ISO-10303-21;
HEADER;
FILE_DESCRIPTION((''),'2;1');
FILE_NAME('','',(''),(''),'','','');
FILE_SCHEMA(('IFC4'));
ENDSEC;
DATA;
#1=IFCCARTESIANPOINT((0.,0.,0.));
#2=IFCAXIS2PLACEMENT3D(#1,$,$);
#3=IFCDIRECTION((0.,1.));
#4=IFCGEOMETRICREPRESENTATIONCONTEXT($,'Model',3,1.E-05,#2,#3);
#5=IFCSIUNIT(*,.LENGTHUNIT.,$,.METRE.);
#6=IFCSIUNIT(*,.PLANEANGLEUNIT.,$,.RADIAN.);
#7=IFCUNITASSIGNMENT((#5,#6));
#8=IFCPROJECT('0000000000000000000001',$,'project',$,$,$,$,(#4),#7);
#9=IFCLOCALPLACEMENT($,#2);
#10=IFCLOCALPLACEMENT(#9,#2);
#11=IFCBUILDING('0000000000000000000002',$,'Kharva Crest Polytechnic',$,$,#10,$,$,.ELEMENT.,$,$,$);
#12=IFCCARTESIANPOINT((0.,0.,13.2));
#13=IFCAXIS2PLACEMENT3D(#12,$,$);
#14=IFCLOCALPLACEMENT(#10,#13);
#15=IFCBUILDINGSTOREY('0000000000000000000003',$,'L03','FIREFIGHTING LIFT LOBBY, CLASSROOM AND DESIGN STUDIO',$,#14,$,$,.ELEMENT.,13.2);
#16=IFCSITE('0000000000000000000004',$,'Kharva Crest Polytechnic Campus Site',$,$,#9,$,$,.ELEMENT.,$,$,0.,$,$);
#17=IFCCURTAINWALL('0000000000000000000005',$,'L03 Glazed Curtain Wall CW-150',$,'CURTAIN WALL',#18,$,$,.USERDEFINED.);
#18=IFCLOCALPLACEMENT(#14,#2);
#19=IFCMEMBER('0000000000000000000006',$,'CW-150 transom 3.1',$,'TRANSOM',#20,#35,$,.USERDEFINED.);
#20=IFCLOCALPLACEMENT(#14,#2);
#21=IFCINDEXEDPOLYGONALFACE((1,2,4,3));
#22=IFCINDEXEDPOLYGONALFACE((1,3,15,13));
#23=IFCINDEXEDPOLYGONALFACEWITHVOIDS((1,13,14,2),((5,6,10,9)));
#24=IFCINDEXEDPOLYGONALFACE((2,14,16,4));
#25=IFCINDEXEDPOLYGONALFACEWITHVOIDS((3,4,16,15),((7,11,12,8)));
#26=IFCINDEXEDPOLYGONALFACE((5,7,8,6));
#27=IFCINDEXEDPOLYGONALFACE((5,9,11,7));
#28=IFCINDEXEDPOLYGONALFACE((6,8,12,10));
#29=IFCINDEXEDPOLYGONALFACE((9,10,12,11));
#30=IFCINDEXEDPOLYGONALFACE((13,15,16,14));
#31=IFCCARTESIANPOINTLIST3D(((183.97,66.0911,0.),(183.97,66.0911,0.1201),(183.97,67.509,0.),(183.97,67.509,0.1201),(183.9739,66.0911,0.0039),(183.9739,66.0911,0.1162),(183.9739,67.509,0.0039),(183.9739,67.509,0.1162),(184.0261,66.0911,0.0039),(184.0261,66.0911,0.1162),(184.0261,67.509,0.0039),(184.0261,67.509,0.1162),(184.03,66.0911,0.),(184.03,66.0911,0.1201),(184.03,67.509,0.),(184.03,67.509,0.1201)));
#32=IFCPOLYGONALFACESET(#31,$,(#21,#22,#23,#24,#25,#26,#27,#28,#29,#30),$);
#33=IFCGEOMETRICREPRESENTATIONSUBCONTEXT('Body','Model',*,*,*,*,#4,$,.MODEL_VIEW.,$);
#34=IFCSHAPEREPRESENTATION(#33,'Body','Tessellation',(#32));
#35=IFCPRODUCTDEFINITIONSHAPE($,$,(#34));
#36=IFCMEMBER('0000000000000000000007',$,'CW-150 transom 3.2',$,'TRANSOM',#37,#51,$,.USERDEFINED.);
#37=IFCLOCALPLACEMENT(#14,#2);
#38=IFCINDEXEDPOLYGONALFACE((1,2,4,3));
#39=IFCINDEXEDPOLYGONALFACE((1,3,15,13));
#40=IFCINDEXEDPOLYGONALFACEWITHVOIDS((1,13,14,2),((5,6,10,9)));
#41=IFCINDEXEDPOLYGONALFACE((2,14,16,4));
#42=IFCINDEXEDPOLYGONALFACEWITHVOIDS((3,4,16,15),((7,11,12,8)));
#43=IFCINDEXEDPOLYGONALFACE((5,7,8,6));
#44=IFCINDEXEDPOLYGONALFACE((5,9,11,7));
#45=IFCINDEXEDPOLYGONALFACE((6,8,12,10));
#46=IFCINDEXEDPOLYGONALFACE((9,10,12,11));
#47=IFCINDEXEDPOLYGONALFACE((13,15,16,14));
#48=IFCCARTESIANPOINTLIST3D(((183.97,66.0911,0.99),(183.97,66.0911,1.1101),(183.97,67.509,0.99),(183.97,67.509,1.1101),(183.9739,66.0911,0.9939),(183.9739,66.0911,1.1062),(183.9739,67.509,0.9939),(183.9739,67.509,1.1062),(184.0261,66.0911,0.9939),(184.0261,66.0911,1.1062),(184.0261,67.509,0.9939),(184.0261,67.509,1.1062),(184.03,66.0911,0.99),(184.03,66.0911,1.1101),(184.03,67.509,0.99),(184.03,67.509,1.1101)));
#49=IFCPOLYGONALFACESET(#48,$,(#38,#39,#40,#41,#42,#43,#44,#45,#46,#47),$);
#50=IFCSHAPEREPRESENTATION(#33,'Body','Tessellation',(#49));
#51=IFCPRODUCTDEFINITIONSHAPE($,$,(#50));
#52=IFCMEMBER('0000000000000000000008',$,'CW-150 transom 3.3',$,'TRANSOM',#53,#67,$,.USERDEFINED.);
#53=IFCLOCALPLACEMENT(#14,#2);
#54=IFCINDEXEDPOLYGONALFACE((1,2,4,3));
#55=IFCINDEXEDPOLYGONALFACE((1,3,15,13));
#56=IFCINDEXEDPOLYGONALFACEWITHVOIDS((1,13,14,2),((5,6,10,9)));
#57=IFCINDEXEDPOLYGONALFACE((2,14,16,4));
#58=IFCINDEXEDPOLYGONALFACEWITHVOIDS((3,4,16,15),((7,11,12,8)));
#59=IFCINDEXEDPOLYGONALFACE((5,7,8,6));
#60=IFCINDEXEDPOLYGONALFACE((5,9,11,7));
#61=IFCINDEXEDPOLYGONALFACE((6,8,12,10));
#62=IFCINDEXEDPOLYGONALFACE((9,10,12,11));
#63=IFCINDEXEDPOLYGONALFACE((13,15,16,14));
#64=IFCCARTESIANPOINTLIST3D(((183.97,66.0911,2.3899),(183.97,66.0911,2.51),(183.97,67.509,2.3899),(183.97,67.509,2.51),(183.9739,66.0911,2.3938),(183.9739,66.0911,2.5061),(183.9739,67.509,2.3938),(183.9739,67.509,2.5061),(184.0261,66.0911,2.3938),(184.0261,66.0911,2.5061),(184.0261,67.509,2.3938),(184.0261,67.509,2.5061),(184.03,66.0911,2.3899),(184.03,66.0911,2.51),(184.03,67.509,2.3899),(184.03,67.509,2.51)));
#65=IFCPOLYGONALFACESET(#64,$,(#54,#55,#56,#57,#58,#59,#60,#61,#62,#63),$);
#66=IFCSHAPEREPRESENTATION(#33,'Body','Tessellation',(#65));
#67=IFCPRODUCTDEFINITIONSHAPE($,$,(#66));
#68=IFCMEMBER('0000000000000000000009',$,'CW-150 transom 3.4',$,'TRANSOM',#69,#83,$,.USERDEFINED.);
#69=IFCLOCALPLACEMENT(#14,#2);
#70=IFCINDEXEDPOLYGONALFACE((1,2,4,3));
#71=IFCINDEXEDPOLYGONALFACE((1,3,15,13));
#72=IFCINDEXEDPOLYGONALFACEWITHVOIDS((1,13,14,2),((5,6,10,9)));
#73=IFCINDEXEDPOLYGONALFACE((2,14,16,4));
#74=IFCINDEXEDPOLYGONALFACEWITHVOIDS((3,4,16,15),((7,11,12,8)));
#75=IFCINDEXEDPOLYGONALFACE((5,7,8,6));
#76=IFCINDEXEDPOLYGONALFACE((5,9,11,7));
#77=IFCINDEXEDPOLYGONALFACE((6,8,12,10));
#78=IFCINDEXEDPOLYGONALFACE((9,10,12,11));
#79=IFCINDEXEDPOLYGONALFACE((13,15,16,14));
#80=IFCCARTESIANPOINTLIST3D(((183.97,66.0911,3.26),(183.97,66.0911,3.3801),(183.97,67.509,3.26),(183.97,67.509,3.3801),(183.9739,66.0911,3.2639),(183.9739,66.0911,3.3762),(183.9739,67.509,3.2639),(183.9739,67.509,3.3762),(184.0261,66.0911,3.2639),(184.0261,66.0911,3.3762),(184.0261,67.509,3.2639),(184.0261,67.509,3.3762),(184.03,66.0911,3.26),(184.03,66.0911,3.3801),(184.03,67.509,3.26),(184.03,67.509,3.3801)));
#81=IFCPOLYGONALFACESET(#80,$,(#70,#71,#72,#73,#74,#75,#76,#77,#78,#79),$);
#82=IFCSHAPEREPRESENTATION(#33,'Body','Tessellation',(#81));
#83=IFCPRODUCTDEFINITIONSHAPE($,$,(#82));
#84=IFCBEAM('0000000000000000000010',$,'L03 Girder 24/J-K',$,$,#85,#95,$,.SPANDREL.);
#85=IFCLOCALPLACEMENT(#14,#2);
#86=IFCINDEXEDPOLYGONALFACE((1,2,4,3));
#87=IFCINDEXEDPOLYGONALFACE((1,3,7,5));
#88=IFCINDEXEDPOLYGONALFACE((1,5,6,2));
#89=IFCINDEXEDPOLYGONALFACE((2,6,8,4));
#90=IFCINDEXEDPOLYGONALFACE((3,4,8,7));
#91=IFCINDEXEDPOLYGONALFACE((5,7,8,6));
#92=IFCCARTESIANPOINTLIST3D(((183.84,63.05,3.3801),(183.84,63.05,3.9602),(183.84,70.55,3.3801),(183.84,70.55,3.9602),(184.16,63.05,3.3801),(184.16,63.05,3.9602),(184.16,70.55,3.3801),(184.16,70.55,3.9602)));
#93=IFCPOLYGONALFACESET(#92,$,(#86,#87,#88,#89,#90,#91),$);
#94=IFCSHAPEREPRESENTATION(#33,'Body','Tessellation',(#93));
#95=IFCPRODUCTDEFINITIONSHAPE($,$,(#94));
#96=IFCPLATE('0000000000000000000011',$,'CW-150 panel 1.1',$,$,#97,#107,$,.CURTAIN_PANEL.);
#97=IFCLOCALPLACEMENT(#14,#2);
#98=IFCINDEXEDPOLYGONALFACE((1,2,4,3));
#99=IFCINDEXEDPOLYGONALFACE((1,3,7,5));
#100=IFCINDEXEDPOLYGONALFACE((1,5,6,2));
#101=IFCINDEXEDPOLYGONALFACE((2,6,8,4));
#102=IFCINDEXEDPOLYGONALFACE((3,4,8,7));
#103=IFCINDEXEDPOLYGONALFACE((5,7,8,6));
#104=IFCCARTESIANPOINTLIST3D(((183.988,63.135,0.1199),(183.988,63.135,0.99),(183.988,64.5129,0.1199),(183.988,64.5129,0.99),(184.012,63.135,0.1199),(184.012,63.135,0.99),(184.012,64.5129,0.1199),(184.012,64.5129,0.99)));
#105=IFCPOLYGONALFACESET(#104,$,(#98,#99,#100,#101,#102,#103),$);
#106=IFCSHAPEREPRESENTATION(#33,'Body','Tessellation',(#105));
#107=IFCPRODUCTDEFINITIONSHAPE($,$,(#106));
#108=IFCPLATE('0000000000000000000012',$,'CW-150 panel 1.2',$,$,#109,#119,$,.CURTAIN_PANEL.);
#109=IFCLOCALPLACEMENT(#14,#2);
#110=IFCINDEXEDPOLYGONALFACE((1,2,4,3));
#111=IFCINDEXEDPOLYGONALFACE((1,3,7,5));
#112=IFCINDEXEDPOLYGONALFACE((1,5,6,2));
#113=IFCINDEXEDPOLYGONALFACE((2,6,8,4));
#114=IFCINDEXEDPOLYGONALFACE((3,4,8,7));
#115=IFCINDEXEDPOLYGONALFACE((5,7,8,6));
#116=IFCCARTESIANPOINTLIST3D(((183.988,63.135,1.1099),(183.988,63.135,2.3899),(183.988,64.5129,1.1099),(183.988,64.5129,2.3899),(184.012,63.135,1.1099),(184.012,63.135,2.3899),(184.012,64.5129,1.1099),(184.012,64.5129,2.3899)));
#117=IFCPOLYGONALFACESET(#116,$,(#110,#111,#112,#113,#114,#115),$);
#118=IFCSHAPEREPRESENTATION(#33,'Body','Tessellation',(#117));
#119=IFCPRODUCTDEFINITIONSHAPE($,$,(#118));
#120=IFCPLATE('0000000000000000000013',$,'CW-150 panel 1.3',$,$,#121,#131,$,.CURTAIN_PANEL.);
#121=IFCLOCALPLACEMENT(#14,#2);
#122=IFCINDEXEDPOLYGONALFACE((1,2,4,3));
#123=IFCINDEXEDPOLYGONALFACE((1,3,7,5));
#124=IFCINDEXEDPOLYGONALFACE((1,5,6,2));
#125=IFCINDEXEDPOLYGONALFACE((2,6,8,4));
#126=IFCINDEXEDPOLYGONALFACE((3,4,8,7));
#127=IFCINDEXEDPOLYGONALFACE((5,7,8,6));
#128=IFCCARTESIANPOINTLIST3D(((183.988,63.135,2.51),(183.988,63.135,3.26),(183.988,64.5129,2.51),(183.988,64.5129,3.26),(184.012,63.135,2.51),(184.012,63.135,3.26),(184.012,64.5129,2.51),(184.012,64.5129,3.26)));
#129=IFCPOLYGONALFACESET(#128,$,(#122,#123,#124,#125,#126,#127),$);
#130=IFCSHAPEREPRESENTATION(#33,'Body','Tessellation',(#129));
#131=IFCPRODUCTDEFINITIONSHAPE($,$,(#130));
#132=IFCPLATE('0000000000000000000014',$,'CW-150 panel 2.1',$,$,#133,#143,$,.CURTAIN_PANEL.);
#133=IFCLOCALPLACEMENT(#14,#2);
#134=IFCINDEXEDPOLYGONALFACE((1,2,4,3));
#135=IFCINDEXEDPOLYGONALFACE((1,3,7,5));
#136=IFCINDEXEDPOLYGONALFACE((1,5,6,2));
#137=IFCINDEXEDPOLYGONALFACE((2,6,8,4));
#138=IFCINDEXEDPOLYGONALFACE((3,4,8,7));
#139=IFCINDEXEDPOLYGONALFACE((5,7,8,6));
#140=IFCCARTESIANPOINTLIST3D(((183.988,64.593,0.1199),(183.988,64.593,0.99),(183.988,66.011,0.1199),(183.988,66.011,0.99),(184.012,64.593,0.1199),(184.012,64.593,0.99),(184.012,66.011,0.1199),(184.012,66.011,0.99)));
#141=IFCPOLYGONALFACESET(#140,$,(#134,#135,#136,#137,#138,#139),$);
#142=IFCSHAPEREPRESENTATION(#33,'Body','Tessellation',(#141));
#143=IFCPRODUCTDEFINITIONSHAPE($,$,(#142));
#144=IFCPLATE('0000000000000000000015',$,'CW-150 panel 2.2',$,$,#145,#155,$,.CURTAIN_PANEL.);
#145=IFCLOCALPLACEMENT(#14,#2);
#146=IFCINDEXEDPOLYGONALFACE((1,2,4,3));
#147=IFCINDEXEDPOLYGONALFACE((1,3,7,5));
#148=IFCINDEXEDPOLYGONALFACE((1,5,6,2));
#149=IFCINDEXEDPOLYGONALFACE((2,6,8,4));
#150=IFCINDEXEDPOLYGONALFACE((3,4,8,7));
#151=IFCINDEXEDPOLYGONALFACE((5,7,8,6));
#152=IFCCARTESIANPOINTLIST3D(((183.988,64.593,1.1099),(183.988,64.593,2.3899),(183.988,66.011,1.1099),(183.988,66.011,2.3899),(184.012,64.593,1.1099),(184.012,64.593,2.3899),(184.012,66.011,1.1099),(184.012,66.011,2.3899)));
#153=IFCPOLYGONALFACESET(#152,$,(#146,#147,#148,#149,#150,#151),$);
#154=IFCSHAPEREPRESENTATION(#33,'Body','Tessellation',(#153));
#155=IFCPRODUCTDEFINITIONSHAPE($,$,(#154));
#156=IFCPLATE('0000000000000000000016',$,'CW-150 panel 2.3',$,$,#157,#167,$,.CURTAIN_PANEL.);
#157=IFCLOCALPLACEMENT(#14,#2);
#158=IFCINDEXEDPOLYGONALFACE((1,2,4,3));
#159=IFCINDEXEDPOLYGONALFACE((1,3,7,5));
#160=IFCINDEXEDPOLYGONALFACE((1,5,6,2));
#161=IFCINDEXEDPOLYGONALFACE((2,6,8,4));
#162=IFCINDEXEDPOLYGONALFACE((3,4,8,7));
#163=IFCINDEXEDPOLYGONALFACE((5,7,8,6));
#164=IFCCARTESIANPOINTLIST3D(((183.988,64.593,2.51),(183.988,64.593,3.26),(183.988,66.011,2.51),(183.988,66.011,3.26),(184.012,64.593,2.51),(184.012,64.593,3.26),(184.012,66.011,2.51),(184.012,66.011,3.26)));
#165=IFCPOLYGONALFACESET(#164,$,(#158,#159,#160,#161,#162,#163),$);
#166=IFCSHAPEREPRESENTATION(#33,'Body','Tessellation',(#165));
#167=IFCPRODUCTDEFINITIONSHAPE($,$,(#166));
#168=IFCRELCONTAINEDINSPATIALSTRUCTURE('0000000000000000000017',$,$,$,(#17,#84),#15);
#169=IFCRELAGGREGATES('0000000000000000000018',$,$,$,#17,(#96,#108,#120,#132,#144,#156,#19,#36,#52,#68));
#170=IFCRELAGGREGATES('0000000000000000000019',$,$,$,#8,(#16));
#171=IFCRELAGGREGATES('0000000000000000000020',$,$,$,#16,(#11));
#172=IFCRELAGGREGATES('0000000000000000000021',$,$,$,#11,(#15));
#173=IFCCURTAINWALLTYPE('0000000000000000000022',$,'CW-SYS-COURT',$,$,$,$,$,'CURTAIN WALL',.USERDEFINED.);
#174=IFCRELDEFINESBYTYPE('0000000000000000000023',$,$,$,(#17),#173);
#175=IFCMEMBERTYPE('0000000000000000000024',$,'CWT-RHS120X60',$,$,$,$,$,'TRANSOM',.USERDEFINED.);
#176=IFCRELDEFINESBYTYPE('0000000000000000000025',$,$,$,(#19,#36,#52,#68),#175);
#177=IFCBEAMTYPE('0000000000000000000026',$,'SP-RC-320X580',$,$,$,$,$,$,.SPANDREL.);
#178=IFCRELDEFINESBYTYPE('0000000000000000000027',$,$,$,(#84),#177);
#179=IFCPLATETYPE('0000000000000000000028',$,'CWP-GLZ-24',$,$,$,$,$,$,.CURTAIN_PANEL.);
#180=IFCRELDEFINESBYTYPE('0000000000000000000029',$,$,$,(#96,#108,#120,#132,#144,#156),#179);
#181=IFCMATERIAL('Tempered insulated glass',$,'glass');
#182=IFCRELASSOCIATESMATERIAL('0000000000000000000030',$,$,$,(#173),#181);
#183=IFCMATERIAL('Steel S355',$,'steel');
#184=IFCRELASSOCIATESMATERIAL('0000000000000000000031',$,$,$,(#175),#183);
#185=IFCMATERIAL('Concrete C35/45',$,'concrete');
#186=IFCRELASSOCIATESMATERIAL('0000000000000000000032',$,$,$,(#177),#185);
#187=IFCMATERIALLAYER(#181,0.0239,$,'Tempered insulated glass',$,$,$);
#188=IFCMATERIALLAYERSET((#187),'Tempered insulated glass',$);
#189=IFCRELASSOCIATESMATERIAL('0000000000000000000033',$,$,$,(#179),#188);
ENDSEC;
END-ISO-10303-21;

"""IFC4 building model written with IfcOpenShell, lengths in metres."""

from ifc_helpers import new_model, si_unit, direction, frame, origin, origin_2d, place, context, subcontext, project, spatial, rectangle, hollow_rectangle, extrude, material, layer, layer_set, material_profile, profile_set, type_object, element, aggregate, save


model = new_model("IFC4")

# Units and contexts
model_context = context("Model", 3, precision=1e-05, world=origin(), true_north=direction((0.0, 1.0)))
body_context = subcontext(model_context, "Body", "Model", "MODEL_VIEW")
ifc_project = project(units=[si_unit("LENGTHUNIT", "METRE"), si_unit("PLANEANGLEUNIT", "RADIAN")], contexts=[model_context])

# Site, building, storey
site_placement = place(None, origin())
site = spatial("IfcSite", under=ifc_project, at=site_placement, Name="Kharva Crest Polytechnic Campus Site", CompositionType="ELEMENT", RefElevation=0.0)
building_placement = place(site_placement, origin())
building = spatial("IfcBuilding", under=site, at=building_placement, Name="Kharva Crest Polytechnic", CompositionType="ELEMENT")
storey_placement = place(building_placement, frame((0.0, 0.0, 13.2)))
storey = spatial("IfcBuildingStorey", under=building, at=storey_placement, Name="L03", Description="FIREFIGHTING LIFT LOBBY, CLASSROOM AND DESIGN STUDIO", CompositionType="ELEMENT", Elevation=13.2)

# Curtain wall, members
ifc_material_1 = material(Name="Tempered insulated glass", Category="glass")
curtain_wall_type = type_object("IfcCurtainWallType", Name="CW-SYS-COURT", ElementType="CURTAIN WALL", PredefinedType="USERDEFINED", material=ifc_material_1)
curtain_wall_placement = place(storey_placement, origin())
curtain_wall = element("IfcCurtainWall", 1, at=curtain_wall_placement, inside=storey, type_object=curtain_wall_type, Name="L03 Glazed Curtain Wall CW-150", ObjectType="CURTAIN WALL", PredefinedType="USERDEFINED")
ifc_material_2 = material(Name="Steel S355", Category="steel")
ifc_material_profile_1 = material_profile(ifc_material_2, hollow_rectangle(XDim=0.0601, YDim=0.1201, WallThickness=0.0039, at=origin_2d()), Name="RHS 120X60X4.0")
ifc_profile_set_1 = profile_set([ifc_material_profile_1], Name="Steel S355")
member_type_1 = type_object("IfcMemberType", Name="CWT-RHS120X60", ElementType="TRANSOM", PredefinedType="USERDEFINED", material=ifc_profile_set_1)
member_1_placement = place(storey_placement, frame((184.0, 66.0911, 0.0601), z_axis=(0.0, 1.0, 0.0), x_axis=(-1.0, 0.0, 0.0)))
member_1 = element("IfcMember", 2, at=member_1_placement, type_object=member_type_1, Name="CW-150 transom 3.1", ObjectType="TRANSOM", PredefinedType="USERDEFINED", context=body_context, shape_type="SweptSolid", body=[
    extrude(hollow_rectangle(XDim=0.0601, YDim=0.1201, WallThickness=0.0039, at=origin_2d()), origin(), (0.0, 0.0, 1.0), 1.418),
])
member_2_placement = place(storey_placement, frame((184.0, 66.0911, 1.05), z_axis=(0.0, 1.0, 0.0), x_axis=(-1.0, 0.0, 0.0)))
member_2 = element("IfcMember", 3, at=member_2_placement, type_object=member_type_1, Name="CW-150 transom 3.2", ObjectType="TRANSOM", PredefinedType="USERDEFINED", context=body_context, shape_type="SweptSolid", body=[
    extrude(hollow_rectangle(XDim=0.0601, YDim=0.1201, WallThickness=0.0039, at=origin_2d()), origin(), (0.0, 0.0, 1.0), 1.418),
])
member_3_placement = place(storey_placement, frame((184.0, 66.0911, 2.45), z_axis=(0.0, 1.0, 0.0), x_axis=(-1.0, 0.0, 0.0)))
member_3 = element("IfcMember", 4, at=member_3_placement, type_object=member_type_1, Name="CW-150 transom 3.3", ObjectType="TRANSOM", PredefinedType="USERDEFINED", context=body_context, shape_type="SweptSolid", body=[
    extrude(hollow_rectangle(XDim=0.0601, YDim=0.1201, WallThickness=0.0039, at=origin_2d()), origin(), (0.0, 0.0, 1.0), 1.418),
])
member_4_placement = place(storey_placement, frame((184.0, 66.0911, 3.3201), z_axis=(0.0, 1.0, 0.0), x_axis=(-1.0, 0.0, 0.0)))
member_4 = element("IfcMember", 5, at=member_4_placement, type_object=member_type_1, Name="CW-150 transom 3.4", ObjectType="TRANSOM", PredefinedType="USERDEFINED", context=body_context, shape_type="SweptSolid", body=[
    extrude(hollow_rectangle(XDim=0.0601, YDim=0.1201, WallThickness=0.0039, at=origin_2d()), origin(), (0.0, 0.0, 1.0), 1.418),
])

# Beam
ifc_material_3 = material(Name="Concrete C35/45", Category="concrete")
ifc_material_profile_2 = material_profile(ifc_material_3, rectangle(XDim=0.3201, YDim=0.5801, at=origin_2d()), Name="RECT 320 X 580")
ifc_profile_set_2 = profile_set([ifc_material_profile_2], Name="Concrete C35/45")
beam_type = type_object("IfcBeamType", Name="SP-RC-320X580", PredefinedType="SPANDREL", material=ifc_profile_set_2)
beam_placement = place(storey_placement, frame((184.0, 63.05, 3.6702), z_axis=(0.0, 1.0, 0.0), x_axis=(-1.0, 0.0, 0.0)))
element("IfcBeam", 6, at=beam_placement, inside=storey, type_object=beam_type, Name="L03 Girder 24/J-K", PredefinedType="SPANDREL", context=body_context, shape_type="SweptSolid", body=[
    extrude(rectangle(XDim=0.3201, YDim=0.5801, at=origin_2d()), origin(), (0.0, 0.0, 1.0), 7.5),
])

# Plates
ifc_layer = layer(ifc_material_1, 0.0239, Name="Tempered insulated glass")
ifc_layer_set = layer_set([ifc_layer], Name="Tempered insulated glass")
plate_type = type_object("IfcPlateType", Name="CWP-GLZ-24", PredefinedType="CURTAIN_PANEL", material=ifc_layer_set)
plate_1_placement = place(storey_placement, frame((184.0, 63.824, 0.1199), z_axis=(0.0, 0.0, 1.0), x_axis=(0.0, 1.0, 0.0)))
plate_1 = element("IfcPlate", 7, at=plate_1_placement, type_object=plate_type, Name="CW-150 panel 1.1", PredefinedType="CURTAIN_PANEL", context=body_context, shape_type="SweptSolid", body=[
    extrude(rectangle(XDim=1.3779, YDim=0.0239, at=origin_2d()), origin(), (0.0, 0.0, 1.0), 0.8701),
])
plate_2_placement = place(storey_placement, frame((184.0, 63.824, 1.1099), z_axis=(0.0, 0.0, 1.0), x_axis=(0.0, 1.0, 0.0)))
plate_2 = element("IfcPlate", 8, at=plate_2_placement, type_object=plate_type, Name="CW-150 panel 1.2", PredefinedType="CURTAIN_PANEL", context=body_context, shape_type="SweptSolid", body=[
    extrude(rectangle(XDim=1.3779, YDim=0.0239, at=origin_2d()), origin(), (0.0, 0.0, 1.0), 1.28),
])
plate_3_placement = place(storey_placement, frame((184.0, 63.824, 2.51), z_axis=(0.0, 0.0, 1.0), x_axis=(0.0, 1.0, 0.0)))
plate_3 = element("IfcPlate", 9, at=plate_3_placement, type_object=plate_type, Name="CW-150 panel 1.3", PredefinedType="CURTAIN_PANEL", context=body_context, shape_type="SweptSolid", body=[
    extrude(rectangle(XDim=1.3779, YDim=0.0239, at=origin_2d()), origin(), (0.0, 0.0, 1.0), 0.75),
])
plate_4_placement = place(storey_placement, frame((184.0, 65.302, 0.1199), z_axis=(0.0, 0.0, 1.0), x_axis=(0.0, 1.0, 0.0)))
plate_4 = element("IfcPlate", 10, at=plate_4_placement, type_object=plate_type, Name="CW-150 panel 2.1", PredefinedType="CURTAIN_PANEL", context=body_context, shape_type="SweptSolid", body=[
    extrude(rectangle(XDim=1.418, YDim=0.0239, at=origin_2d()), origin(), (0.0, 0.0, 1.0), 0.8701),
])
plate_5_placement = place(storey_placement, frame((184.0, 65.302, 1.1099), z_axis=(0.0, 0.0, 1.0), x_axis=(0.0, 1.0, 0.0)))
plate_5 = element("IfcPlate", 11, at=plate_5_placement, type_object=plate_type, Name="CW-150 panel 2.2", PredefinedType="CURTAIN_PANEL", context=body_context, shape_type="SweptSolid", body=[
    extrude(rectangle(XDim=1.418, YDim=0.0239, at=origin_2d()), origin(), (0.0, 0.0, 1.0), 1.28),
])
plate_6_placement = place(storey_placement, frame((184.0, 65.302, 2.51), z_axis=(0.0, 0.0, 1.0), x_axis=(0.0, 1.0, 0.0)))
plate_6 = element("IfcPlate", 12, at=plate_6_placement, type_object=plate_type, Name="CW-150 panel 2.3", PredefinedType="CURTAIN_PANEL", context=body_context, shape_type="SweptSolid", body=[
    extrude(rectangle(XDim=1.418, YDim=0.0239, at=origin_2d()), origin(), (0.0, 0.0, 1.0), 0.75),
])
aggregate(curtain_wall, [plate_1, plate_2, plate_3, plate_4, plate_5, plate_6, member_1, member_2, member_3, member_4])

save(model, "model.ifc")
